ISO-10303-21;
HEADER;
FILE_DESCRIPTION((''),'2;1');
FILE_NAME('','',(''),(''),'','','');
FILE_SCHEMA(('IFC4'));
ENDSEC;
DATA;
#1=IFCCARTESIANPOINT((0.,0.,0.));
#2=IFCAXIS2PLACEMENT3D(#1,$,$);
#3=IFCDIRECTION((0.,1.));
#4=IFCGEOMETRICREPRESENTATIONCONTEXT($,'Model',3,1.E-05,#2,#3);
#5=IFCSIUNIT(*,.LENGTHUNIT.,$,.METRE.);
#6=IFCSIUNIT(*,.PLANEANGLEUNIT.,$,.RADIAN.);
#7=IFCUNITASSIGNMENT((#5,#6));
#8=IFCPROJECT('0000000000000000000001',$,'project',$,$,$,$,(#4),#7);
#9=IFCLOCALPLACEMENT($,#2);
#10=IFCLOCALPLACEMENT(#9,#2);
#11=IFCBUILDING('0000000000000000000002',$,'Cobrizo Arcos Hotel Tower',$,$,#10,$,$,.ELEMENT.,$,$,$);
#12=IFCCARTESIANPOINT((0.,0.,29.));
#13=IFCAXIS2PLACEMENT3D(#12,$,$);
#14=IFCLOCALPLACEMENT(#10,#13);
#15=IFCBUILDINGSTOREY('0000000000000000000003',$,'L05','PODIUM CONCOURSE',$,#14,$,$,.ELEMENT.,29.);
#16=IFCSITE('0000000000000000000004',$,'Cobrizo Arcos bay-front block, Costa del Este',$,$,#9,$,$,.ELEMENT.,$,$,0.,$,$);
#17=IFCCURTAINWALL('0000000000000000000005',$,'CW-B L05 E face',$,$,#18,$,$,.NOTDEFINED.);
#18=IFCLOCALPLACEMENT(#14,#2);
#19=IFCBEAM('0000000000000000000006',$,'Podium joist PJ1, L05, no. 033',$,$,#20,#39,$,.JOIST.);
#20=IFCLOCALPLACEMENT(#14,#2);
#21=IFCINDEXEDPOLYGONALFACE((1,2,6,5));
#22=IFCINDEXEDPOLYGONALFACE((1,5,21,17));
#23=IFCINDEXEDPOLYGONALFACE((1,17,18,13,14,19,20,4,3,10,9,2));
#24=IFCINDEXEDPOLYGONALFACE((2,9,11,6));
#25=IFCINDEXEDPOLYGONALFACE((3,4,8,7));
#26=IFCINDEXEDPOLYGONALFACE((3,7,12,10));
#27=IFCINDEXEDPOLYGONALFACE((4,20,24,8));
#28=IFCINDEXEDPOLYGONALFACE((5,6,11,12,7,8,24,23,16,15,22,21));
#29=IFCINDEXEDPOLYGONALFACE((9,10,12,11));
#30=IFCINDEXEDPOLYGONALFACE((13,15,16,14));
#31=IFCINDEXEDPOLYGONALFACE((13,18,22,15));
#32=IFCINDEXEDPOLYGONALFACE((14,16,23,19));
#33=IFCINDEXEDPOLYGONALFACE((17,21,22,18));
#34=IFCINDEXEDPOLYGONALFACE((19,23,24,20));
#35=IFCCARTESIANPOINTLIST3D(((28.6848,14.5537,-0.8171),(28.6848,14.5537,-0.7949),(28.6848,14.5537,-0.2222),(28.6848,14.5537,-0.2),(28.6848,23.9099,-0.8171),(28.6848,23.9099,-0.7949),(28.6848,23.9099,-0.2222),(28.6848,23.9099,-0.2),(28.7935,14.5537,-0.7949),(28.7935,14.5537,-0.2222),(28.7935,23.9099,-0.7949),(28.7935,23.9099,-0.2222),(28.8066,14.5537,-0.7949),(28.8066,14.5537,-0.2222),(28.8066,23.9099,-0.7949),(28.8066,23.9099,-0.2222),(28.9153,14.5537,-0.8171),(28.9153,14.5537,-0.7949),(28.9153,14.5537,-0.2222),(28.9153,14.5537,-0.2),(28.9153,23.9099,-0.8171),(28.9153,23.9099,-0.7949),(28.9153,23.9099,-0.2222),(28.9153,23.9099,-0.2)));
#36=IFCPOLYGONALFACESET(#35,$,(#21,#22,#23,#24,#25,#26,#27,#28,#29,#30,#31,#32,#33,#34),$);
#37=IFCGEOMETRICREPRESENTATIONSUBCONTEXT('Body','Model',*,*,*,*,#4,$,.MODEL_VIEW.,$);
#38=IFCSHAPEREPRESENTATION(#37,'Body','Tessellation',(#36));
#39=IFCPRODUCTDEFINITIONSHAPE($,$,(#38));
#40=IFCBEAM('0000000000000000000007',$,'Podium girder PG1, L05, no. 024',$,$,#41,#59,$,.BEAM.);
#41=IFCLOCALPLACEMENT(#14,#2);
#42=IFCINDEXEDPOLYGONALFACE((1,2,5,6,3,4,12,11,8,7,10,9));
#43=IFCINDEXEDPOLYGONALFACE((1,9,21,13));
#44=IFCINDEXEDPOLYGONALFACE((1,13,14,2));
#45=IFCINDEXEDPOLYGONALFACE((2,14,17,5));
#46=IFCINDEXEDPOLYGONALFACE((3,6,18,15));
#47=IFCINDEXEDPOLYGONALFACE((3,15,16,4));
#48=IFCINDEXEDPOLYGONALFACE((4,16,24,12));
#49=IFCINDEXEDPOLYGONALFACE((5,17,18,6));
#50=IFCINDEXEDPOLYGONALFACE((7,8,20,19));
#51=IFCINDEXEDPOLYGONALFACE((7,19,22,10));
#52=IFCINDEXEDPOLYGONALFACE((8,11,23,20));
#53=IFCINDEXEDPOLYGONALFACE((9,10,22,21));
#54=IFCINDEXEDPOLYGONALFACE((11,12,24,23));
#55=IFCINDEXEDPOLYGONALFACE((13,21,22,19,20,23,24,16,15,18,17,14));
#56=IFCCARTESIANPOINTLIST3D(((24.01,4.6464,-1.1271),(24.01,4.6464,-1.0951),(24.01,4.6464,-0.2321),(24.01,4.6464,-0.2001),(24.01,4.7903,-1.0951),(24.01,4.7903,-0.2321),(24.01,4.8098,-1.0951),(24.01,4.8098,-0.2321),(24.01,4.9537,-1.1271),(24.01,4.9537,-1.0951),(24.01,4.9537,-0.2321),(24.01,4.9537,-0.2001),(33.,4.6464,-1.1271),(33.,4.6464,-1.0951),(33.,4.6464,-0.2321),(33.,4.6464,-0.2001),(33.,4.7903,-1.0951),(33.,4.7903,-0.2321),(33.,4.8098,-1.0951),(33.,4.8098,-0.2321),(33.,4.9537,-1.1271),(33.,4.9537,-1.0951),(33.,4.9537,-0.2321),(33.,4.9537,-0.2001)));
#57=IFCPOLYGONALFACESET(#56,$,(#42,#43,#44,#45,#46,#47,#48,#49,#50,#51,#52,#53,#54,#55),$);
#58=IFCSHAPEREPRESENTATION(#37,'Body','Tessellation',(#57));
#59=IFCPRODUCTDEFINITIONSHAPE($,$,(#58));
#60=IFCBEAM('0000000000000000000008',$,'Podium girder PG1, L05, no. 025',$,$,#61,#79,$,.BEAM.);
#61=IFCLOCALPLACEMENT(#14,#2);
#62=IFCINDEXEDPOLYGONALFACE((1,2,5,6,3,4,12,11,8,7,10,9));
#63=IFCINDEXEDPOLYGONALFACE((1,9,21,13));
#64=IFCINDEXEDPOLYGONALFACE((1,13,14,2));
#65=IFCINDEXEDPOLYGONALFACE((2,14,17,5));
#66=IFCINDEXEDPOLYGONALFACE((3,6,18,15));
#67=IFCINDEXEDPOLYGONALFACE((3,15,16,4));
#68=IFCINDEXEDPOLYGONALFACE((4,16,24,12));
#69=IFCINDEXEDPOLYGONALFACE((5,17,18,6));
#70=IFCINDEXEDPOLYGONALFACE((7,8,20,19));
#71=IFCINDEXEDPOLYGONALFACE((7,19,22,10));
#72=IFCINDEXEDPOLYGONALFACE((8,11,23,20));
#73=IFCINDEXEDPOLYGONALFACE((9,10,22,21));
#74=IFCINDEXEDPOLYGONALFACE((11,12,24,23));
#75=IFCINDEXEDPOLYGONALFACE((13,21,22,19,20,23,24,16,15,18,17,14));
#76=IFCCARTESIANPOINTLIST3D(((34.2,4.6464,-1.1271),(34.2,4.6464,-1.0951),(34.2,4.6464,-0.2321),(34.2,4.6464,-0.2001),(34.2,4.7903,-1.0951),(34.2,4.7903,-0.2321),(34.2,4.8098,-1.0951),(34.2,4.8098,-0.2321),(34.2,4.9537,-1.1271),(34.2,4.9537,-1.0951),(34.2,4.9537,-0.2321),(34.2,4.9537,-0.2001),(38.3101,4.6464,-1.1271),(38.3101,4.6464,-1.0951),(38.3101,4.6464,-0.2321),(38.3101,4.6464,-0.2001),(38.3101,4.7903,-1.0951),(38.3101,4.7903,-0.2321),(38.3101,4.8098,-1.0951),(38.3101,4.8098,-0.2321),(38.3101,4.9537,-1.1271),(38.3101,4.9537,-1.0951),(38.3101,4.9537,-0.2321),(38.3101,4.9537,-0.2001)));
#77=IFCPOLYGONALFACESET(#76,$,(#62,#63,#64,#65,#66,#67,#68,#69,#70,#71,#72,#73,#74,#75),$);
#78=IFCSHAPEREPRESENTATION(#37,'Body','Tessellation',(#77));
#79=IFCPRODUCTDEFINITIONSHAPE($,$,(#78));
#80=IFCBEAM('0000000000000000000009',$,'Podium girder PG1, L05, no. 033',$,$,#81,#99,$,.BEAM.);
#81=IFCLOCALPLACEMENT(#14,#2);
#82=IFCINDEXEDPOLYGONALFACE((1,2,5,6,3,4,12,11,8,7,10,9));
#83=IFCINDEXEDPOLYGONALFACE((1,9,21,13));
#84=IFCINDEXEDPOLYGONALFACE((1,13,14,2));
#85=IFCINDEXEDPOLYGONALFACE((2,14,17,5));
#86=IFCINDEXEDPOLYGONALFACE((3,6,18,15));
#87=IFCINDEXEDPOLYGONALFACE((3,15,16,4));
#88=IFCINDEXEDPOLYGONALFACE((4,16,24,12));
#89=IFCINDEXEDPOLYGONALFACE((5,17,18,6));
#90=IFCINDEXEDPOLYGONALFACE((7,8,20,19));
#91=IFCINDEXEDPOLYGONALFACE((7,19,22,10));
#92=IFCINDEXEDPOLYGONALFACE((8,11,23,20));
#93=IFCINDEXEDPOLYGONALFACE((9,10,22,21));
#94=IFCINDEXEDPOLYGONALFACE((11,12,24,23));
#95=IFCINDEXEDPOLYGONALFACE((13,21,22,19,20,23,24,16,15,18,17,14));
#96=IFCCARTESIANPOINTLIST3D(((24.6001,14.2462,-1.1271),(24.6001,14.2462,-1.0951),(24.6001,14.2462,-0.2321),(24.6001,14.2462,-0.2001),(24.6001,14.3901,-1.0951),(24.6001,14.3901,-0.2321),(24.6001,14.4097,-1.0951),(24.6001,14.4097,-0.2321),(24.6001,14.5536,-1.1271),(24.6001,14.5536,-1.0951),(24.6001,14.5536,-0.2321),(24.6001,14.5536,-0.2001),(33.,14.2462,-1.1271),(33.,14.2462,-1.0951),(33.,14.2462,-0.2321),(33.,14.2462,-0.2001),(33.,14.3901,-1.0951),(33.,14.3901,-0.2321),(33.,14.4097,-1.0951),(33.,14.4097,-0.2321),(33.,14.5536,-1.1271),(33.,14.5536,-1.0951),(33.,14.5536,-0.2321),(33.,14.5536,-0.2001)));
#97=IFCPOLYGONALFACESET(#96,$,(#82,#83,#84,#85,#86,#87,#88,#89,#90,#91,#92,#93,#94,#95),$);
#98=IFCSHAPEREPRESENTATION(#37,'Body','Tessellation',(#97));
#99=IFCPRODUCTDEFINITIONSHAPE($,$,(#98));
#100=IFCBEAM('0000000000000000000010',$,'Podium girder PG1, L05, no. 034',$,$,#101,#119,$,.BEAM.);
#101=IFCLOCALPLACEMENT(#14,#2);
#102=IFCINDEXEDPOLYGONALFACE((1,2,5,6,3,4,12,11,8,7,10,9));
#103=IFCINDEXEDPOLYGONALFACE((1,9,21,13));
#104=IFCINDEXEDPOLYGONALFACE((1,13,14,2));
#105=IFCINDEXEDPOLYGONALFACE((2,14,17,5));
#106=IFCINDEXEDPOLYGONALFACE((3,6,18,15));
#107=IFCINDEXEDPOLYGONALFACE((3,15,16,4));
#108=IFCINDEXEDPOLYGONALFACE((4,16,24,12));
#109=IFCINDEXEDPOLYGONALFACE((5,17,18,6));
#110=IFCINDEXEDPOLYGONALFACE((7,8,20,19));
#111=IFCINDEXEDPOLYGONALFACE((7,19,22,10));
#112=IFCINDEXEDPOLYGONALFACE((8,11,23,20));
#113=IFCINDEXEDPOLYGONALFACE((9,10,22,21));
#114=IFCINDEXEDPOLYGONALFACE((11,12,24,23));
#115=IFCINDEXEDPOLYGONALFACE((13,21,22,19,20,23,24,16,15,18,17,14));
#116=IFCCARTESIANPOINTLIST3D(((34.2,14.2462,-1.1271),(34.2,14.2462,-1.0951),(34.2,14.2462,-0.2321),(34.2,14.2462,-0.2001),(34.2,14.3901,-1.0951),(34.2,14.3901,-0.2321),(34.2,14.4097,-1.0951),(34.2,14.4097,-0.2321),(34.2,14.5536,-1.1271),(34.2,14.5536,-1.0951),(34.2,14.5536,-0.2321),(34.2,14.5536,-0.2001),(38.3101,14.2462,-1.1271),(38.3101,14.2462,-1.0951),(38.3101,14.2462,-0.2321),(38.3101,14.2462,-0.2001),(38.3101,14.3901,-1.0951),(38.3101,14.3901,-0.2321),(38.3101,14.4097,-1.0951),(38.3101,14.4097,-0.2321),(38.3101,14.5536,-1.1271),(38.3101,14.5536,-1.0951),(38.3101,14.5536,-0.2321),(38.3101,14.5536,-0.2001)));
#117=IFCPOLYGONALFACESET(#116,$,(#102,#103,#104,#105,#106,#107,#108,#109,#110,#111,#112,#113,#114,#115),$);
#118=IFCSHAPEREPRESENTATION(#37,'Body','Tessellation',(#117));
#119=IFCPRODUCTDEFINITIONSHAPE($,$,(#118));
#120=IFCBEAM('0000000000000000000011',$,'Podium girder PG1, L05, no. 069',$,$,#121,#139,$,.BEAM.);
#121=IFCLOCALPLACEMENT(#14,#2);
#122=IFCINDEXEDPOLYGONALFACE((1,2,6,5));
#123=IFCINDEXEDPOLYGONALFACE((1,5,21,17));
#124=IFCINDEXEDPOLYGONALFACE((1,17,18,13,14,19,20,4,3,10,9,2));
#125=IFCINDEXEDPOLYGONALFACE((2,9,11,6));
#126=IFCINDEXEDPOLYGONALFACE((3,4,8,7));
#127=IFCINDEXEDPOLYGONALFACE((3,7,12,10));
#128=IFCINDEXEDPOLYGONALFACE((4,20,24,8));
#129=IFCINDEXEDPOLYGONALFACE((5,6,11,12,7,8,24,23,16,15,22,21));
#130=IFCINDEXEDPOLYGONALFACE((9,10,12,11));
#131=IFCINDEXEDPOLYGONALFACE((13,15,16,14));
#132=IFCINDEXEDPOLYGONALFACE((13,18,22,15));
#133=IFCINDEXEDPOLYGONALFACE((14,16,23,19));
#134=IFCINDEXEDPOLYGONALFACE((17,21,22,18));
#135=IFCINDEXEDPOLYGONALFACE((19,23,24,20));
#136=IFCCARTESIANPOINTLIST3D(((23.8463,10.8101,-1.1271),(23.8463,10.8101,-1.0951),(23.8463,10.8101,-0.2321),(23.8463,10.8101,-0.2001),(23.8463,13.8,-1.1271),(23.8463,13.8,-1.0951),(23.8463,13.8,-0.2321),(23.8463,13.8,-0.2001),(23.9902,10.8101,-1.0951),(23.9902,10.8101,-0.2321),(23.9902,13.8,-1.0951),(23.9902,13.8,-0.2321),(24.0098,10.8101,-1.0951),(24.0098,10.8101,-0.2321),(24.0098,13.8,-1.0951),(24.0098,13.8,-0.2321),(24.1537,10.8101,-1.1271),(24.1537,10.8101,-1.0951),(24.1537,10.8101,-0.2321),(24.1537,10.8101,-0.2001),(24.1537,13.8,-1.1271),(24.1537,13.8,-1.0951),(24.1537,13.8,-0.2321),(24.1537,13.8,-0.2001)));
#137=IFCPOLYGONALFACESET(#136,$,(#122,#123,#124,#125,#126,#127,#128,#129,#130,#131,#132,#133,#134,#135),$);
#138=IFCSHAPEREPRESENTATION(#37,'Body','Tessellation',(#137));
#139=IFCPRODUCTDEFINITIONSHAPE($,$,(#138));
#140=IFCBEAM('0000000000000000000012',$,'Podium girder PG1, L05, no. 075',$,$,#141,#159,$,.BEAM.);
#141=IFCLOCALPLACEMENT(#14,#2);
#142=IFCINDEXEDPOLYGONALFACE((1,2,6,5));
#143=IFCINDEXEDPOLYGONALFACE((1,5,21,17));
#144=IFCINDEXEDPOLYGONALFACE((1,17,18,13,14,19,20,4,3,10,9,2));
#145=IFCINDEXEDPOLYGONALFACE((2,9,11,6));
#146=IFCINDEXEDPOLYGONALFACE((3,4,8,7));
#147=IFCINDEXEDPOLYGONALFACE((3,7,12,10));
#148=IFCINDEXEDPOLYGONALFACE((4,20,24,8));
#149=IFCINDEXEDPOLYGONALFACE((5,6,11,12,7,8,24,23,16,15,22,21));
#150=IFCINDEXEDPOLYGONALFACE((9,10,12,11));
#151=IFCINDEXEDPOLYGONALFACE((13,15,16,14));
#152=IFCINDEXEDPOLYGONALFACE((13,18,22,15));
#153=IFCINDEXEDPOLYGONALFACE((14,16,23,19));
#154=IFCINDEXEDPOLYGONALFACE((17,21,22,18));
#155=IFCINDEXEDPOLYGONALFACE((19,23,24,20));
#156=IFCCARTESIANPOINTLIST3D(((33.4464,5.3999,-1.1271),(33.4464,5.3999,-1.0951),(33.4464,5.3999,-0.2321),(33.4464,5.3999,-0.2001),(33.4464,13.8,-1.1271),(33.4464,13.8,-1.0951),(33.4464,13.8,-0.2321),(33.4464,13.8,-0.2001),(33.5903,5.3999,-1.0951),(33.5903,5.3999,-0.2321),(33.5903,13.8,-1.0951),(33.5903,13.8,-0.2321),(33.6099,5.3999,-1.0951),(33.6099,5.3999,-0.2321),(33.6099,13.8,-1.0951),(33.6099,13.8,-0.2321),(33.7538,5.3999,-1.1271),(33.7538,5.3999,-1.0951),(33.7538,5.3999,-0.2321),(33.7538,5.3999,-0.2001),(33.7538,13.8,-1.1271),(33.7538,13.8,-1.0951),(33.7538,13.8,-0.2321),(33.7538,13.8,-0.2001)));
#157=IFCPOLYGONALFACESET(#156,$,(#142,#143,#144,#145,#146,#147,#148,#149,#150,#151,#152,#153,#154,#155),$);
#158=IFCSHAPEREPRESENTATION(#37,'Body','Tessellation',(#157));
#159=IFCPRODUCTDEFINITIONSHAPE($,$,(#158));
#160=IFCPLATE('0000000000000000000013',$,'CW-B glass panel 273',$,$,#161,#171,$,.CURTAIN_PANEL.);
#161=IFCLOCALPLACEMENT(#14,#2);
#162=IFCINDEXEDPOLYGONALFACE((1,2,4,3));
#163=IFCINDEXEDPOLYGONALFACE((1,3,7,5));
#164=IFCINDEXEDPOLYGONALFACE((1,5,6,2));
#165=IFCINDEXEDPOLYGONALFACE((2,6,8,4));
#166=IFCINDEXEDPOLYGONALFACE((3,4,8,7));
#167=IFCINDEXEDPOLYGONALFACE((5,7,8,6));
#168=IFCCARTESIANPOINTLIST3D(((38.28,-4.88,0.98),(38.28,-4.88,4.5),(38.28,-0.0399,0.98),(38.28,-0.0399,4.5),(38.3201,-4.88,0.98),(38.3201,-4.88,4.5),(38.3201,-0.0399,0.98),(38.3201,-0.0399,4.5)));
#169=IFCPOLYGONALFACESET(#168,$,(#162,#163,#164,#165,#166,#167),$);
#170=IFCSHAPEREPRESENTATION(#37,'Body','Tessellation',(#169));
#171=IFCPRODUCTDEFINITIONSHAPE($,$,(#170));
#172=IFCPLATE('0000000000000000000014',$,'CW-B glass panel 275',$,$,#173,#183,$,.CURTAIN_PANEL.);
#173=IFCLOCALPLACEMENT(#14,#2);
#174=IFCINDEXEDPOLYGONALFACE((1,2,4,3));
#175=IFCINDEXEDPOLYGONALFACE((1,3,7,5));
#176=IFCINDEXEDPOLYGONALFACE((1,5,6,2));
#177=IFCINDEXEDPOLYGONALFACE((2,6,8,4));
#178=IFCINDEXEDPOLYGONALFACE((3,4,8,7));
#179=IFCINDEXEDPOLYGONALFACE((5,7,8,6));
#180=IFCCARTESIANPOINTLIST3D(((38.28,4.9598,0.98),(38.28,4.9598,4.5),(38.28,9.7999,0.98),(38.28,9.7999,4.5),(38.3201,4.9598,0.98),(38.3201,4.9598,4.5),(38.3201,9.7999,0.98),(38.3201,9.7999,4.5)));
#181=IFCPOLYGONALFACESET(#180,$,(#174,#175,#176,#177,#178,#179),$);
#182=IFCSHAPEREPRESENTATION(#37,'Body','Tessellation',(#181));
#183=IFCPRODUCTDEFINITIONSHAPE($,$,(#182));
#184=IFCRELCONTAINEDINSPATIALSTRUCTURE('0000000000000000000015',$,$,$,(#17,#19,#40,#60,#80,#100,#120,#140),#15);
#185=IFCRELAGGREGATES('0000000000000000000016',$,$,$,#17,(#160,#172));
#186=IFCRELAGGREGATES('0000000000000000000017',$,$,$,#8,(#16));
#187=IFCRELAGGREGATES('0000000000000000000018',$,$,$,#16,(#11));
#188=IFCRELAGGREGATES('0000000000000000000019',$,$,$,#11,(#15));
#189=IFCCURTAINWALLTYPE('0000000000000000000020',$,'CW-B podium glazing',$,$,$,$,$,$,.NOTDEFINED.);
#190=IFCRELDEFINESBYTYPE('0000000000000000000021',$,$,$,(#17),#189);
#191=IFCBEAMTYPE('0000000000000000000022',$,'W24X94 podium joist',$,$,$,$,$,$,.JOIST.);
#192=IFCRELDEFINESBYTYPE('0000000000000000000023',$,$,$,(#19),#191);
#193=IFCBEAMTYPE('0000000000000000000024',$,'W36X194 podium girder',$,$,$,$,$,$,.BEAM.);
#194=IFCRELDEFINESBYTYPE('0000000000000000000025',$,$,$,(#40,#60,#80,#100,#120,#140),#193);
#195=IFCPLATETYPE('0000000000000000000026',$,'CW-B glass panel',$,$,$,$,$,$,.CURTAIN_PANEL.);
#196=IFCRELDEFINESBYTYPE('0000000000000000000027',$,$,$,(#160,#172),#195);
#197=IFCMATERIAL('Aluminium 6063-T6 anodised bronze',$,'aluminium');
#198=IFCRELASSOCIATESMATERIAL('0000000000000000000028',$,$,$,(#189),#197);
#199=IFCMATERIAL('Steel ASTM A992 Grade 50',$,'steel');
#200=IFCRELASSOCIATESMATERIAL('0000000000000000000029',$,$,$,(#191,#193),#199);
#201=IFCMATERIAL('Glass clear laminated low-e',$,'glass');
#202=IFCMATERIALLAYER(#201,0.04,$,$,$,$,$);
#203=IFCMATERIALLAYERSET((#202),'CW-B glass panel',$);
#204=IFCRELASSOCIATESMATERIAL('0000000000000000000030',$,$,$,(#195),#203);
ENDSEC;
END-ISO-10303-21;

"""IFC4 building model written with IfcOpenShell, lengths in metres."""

from ifc_helpers import new_model, si_unit, direction, frame, origin, origin_2d, place, context, subcontext, project, spatial, rectangle, i_section, extrude, material, layer, layer_set, material_profile, profile_set, type_object, element, aggregate, save


model = new_model("IFC4")

# Units and contexts
model_context = context("Model", 3, precision=1e-05, world=origin(), true_north=direction((0.0, 1.0)))
body_context = subcontext(model_context, "Body", "Model", "MODEL_VIEW")
ifc_project = project(units=[si_unit("LENGTHUNIT", "METRE"), si_unit("PLANEANGLEUNIT", "RADIAN")], contexts=[model_context])

# Site, building, storey
site_placement = place(None, origin())
site = spatial("IfcSite", under=ifc_project, at=site_placement, Name="Cobrizo Arcos bay-front block, Costa del Este", CompositionType="ELEMENT", RefElevation=0.0)
building_placement = place(site_placement, origin())
building = spatial("IfcBuilding", under=site, at=building_placement, Name="Cobrizo Arcos Hotel Tower", CompositionType="ELEMENT")
storey_placement = place(building_placement, frame((0.0, 0.0, 29.0)))
storey = spatial("IfcBuildingStorey", under=building, at=storey_placement, Name="L05", Description="PODIUM CONCOURSE", CompositionType="ELEMENT", Elevation=29.0)

# Curtain wall
ifc_material_1 = material(Name="Aluminium 6063-T6 anodised bronze", Category="aluminium")
curtain_wall_type = type_object("IfcCurtainWallType", Name="CW-B podium glazing", PredefinedType="NOTDEFINED", material=ifc_material_1)
curtain_wall_placement = place(storey_placement, origin())
curtain_wall = element("IfcCurtainWall", 1, at=curtain_wall_placement, inside=storey, type_object=curtain_wall_type, Name="CW-B L05 E face", PredefinedType="NOTDEFINED")

# Beams
ifc_material_2 = material(Name="Steel ASTM A992 Grade 50", Category="steel")
ifc_material_profile_1 = material_profile(ifc_material_2, i_section(OverallWidth=0.2305, OverallDepth=0.6172, WebThickness=0.0132, FlangeThickness=0.0222, at=origin_2d()), Name="W24X94")
ifc_profile_set_1 = profile_set([ifc_material_profile_1], Name="Steel ASTM A992 Grade 50")
beam_type_1 = type_object("IfcBeamType", Name="W24X94 podium joist", PredefinedType="JOIST", material=ifc_profile_set_1)
beam_1_placement = place(storey_placement, frame((28.8, 14.5537, -0.5085), z_axis=(0.0, 1.0, 0.0), x_axis=(-1.0, 0.0, 0.0)))
element("IfcBeam", 2, at=beam_1_placement, inside=storey, type_object=beam_type_1, Name="Podium joist PJ1, L05, no. 033", PredefinedType="JOIST", context=body_context, shape_type="SweptSolid", body=[
    extrude(i_section(OverallWidth=0.2305, OverallDepth=0.6172, WebThickness=0.0132, FlangeThickness=0.0222, at=origin_2d()), origin(), (0.0, 0.0, 1.0), 9.3562),
])
ifc_material_profile_2 = material_profile(ifc_material_2, i_section(OverallWidth=0.3074, OverallDepth=0.927, WebThickness=0.0195, FlangeThickness=0.032, at=origin_2d()), Name="W36X194")
ifc_profile_set_2 = profile_set([ifc_material_profile_2], Name="Steel ASTM A992 Grade 50")
beam_type_2 = type_object("IfcBeamType", Name="W36X194 podium girder", PredefinedType="BEAM", material=ifc_profile_set_2)
beam_2_placement = place(storey_placement, frame((24.01, 4.8, -0.6636), z_axis=(1.0, 0.0, 0.0), x_axis=(0.0, 1.0, 0.0)))
element("IfcBeam", 3, at=beam_2_placement, inside=storey, type_object=beam_type_2, Name="Podium girder PG1, L05, no. 024", PredefinedType="BEAM", context=body_context, shape_type="SweptSolid", body=[
    extrude(i_section(OverallWidth=0.3074, OverallDepth=0.927, WebThickness=0.0195, FlangeThickness=0.032, at=origin_2d()), origin(), (0.0, 0.0, 1.0), 8.99),
])
beam_3_placement = place(storey_placement, frame((34.2, 4.8, -0.6636), z_axis=(1.0, 0.0, 0.0), x_axis=(0.0, 1.0, 0.0)))
element("IfcBeam", 4, at=beam_3_placement, inside=storey, type_object=beam_type_2, Name="Podium girder PG1, L05, no. 025", PredefinedType="BEAM", context=body_context, shape_type="SweptSolid", body=[
    extrude(i_section(OverallWidth=0.3074, OverallDepth=0.927, WebThickness=0.0195, FlangeThickness=0.032, at=origin_2d()), origin(), (0.0, 0.0, 1.0), 4.1101),
])
beam_4_placement = place(storey_placement, frame((24.6001, 14.3999, -0.6636), z_axis=(1.0, 0.0, 0.0), x_axis=(0.0, 1.0, 0.0)))
element("IfcBeam", 5, at=beam_4_placement, inside=storey, type_object=beam_type_2, Name="Podium girder PG1, L05, no. 033", PredefinedType="BEAM", context=body_context, shape_type="SweptSolid", body=[
    extrude(i_section(OverallWidth=0.3074, OverallDepth=0.927, WebThickness=0.0195, FlangeThickness=0.032, at=origin_2d()), origin(), (0.0, 0.0, 1.0), 8.3999),
])
beam_5_placement = place(storey_placement, frame((34.2, 14.3999, -0.6636), z_axis=(1.0, 0.0, 0.0), x_axis=(0.0, 1.0, 0.0)))
element("IfcBeam", 6, at=beam_5_placement, inside=storey, type_object=beam_type_2, Name="Podium girder PG1, L05, no. 034", PredefinedType="BEAM", context=body_context, shape_type="SweptSolid", body=[
    extrude(i_section(OverallWidth=0.3074, OverallDepth=0.927, WebThickness=0.0195, FlangeThickness=0.032, at=origin_2d()), origin(), (0.0, 0.0, 1.0), 4.1101),
])
beam_6_placement = place(storey_placement, frame((24.0, 10.8101, -0.6636), z_axis=(0.0, 1.0, 0.0), x_axis=(-1.0, 0.0, 0.0)))
element("IfcBeam", 7, at=beam_6_placement, inside=storey, type_object=beam_type_2, Name="Podium girder PG1, L05, no. 069", PredefinedType="BEAM", context=body_context, shape_type="SweptSolid", body=[
    extrude(i_section(OverallWidth=0.3074, OverallDepth=0.927, WebThickness=0.0195, FlangeThickness=0.032, at=origin_2d()), origin(), (0.0, 0.0, 1.0), 2.99),
])
beam_7_placement = place(storey_placement, frame((33.6001, 5.3999, -0.6636), z_axis=(0.0, 1.0, 0.0), x_axis=(-1.0, 0.0, 0.0)))
element("IfcBeam", 8, at=beam_7_placement, inside=storey, type_object=beam_type_2, Name="Podium girder PG1, L05, no. 075", PredefinedType="BEAM", context=body_context, shape_type="SweptSolid", body=[
    extrude(i_section(OverallWidth=0.3074, OverallDepth=0.927, WebThickness=0.0195, FlangeThickness=0.032, at=origin_2d()), origin(), (0.0, 0.0, 1.0), 8.4001),
])

# Plates
ifc_material_3 = material(Name="Glass clear laminated low-e", Category="glass")
ifc_layer_1 = layer(ifc_material_3, 0.04)
ifc_layer_set_1 = layer_set([ifc_layer_1], Name="CW-B glass panel")
plate_type_1 = type_object("IfcPlateType", Name="CW-B glass panel", PredefinedType="CURTAIN_PANEL", material=ifc_layer_set_1)
plate_1_placement = place(storey_placement, frame((38.3, -2.46, 0.98), z_axis=(0.0, 0.0, 1.0), x_axis=(0.0, 1.0, 0.0)))
plate_1 = element("IfcPlate", 9, at=plate_1_placement, type_object=plate_type_1, Name="CW-B glass panel 273", PredefinedType="CURTAIN_PANEL", context=body_context, shape_type="SweptSolid", body=[
    extrude(rectangle(XDim=4.8401, YDim=0.04, at=origin_2d()), origin(), (0.0, 0.0, 1.0), 3.52),
])
plate_2_placement = place(storey_placement, frame((38.3, 7.3799, 0.98), z_axis=(0.0, 0.0, 1.0), x_axis=(0.0, 1.0, 0.0)))
plate_2 = element("IfcPlate", 10, at=plate_2_placement, type_object=plate_type_1, Name="CW-B glass panel 275", PredefinedType="CURTAIN_PANEL", context=body_context, shape_type="SweptSolid", body=[
    extrude(rectangle(XDim=4.8401, YDim=0.04, at=origin_2d()), origin(), (0.0, 0.0, 1.0), 3.52),
])
aggregate(curtain_wall, [plate_1, plate_2])

save(model, "model.ifc")
